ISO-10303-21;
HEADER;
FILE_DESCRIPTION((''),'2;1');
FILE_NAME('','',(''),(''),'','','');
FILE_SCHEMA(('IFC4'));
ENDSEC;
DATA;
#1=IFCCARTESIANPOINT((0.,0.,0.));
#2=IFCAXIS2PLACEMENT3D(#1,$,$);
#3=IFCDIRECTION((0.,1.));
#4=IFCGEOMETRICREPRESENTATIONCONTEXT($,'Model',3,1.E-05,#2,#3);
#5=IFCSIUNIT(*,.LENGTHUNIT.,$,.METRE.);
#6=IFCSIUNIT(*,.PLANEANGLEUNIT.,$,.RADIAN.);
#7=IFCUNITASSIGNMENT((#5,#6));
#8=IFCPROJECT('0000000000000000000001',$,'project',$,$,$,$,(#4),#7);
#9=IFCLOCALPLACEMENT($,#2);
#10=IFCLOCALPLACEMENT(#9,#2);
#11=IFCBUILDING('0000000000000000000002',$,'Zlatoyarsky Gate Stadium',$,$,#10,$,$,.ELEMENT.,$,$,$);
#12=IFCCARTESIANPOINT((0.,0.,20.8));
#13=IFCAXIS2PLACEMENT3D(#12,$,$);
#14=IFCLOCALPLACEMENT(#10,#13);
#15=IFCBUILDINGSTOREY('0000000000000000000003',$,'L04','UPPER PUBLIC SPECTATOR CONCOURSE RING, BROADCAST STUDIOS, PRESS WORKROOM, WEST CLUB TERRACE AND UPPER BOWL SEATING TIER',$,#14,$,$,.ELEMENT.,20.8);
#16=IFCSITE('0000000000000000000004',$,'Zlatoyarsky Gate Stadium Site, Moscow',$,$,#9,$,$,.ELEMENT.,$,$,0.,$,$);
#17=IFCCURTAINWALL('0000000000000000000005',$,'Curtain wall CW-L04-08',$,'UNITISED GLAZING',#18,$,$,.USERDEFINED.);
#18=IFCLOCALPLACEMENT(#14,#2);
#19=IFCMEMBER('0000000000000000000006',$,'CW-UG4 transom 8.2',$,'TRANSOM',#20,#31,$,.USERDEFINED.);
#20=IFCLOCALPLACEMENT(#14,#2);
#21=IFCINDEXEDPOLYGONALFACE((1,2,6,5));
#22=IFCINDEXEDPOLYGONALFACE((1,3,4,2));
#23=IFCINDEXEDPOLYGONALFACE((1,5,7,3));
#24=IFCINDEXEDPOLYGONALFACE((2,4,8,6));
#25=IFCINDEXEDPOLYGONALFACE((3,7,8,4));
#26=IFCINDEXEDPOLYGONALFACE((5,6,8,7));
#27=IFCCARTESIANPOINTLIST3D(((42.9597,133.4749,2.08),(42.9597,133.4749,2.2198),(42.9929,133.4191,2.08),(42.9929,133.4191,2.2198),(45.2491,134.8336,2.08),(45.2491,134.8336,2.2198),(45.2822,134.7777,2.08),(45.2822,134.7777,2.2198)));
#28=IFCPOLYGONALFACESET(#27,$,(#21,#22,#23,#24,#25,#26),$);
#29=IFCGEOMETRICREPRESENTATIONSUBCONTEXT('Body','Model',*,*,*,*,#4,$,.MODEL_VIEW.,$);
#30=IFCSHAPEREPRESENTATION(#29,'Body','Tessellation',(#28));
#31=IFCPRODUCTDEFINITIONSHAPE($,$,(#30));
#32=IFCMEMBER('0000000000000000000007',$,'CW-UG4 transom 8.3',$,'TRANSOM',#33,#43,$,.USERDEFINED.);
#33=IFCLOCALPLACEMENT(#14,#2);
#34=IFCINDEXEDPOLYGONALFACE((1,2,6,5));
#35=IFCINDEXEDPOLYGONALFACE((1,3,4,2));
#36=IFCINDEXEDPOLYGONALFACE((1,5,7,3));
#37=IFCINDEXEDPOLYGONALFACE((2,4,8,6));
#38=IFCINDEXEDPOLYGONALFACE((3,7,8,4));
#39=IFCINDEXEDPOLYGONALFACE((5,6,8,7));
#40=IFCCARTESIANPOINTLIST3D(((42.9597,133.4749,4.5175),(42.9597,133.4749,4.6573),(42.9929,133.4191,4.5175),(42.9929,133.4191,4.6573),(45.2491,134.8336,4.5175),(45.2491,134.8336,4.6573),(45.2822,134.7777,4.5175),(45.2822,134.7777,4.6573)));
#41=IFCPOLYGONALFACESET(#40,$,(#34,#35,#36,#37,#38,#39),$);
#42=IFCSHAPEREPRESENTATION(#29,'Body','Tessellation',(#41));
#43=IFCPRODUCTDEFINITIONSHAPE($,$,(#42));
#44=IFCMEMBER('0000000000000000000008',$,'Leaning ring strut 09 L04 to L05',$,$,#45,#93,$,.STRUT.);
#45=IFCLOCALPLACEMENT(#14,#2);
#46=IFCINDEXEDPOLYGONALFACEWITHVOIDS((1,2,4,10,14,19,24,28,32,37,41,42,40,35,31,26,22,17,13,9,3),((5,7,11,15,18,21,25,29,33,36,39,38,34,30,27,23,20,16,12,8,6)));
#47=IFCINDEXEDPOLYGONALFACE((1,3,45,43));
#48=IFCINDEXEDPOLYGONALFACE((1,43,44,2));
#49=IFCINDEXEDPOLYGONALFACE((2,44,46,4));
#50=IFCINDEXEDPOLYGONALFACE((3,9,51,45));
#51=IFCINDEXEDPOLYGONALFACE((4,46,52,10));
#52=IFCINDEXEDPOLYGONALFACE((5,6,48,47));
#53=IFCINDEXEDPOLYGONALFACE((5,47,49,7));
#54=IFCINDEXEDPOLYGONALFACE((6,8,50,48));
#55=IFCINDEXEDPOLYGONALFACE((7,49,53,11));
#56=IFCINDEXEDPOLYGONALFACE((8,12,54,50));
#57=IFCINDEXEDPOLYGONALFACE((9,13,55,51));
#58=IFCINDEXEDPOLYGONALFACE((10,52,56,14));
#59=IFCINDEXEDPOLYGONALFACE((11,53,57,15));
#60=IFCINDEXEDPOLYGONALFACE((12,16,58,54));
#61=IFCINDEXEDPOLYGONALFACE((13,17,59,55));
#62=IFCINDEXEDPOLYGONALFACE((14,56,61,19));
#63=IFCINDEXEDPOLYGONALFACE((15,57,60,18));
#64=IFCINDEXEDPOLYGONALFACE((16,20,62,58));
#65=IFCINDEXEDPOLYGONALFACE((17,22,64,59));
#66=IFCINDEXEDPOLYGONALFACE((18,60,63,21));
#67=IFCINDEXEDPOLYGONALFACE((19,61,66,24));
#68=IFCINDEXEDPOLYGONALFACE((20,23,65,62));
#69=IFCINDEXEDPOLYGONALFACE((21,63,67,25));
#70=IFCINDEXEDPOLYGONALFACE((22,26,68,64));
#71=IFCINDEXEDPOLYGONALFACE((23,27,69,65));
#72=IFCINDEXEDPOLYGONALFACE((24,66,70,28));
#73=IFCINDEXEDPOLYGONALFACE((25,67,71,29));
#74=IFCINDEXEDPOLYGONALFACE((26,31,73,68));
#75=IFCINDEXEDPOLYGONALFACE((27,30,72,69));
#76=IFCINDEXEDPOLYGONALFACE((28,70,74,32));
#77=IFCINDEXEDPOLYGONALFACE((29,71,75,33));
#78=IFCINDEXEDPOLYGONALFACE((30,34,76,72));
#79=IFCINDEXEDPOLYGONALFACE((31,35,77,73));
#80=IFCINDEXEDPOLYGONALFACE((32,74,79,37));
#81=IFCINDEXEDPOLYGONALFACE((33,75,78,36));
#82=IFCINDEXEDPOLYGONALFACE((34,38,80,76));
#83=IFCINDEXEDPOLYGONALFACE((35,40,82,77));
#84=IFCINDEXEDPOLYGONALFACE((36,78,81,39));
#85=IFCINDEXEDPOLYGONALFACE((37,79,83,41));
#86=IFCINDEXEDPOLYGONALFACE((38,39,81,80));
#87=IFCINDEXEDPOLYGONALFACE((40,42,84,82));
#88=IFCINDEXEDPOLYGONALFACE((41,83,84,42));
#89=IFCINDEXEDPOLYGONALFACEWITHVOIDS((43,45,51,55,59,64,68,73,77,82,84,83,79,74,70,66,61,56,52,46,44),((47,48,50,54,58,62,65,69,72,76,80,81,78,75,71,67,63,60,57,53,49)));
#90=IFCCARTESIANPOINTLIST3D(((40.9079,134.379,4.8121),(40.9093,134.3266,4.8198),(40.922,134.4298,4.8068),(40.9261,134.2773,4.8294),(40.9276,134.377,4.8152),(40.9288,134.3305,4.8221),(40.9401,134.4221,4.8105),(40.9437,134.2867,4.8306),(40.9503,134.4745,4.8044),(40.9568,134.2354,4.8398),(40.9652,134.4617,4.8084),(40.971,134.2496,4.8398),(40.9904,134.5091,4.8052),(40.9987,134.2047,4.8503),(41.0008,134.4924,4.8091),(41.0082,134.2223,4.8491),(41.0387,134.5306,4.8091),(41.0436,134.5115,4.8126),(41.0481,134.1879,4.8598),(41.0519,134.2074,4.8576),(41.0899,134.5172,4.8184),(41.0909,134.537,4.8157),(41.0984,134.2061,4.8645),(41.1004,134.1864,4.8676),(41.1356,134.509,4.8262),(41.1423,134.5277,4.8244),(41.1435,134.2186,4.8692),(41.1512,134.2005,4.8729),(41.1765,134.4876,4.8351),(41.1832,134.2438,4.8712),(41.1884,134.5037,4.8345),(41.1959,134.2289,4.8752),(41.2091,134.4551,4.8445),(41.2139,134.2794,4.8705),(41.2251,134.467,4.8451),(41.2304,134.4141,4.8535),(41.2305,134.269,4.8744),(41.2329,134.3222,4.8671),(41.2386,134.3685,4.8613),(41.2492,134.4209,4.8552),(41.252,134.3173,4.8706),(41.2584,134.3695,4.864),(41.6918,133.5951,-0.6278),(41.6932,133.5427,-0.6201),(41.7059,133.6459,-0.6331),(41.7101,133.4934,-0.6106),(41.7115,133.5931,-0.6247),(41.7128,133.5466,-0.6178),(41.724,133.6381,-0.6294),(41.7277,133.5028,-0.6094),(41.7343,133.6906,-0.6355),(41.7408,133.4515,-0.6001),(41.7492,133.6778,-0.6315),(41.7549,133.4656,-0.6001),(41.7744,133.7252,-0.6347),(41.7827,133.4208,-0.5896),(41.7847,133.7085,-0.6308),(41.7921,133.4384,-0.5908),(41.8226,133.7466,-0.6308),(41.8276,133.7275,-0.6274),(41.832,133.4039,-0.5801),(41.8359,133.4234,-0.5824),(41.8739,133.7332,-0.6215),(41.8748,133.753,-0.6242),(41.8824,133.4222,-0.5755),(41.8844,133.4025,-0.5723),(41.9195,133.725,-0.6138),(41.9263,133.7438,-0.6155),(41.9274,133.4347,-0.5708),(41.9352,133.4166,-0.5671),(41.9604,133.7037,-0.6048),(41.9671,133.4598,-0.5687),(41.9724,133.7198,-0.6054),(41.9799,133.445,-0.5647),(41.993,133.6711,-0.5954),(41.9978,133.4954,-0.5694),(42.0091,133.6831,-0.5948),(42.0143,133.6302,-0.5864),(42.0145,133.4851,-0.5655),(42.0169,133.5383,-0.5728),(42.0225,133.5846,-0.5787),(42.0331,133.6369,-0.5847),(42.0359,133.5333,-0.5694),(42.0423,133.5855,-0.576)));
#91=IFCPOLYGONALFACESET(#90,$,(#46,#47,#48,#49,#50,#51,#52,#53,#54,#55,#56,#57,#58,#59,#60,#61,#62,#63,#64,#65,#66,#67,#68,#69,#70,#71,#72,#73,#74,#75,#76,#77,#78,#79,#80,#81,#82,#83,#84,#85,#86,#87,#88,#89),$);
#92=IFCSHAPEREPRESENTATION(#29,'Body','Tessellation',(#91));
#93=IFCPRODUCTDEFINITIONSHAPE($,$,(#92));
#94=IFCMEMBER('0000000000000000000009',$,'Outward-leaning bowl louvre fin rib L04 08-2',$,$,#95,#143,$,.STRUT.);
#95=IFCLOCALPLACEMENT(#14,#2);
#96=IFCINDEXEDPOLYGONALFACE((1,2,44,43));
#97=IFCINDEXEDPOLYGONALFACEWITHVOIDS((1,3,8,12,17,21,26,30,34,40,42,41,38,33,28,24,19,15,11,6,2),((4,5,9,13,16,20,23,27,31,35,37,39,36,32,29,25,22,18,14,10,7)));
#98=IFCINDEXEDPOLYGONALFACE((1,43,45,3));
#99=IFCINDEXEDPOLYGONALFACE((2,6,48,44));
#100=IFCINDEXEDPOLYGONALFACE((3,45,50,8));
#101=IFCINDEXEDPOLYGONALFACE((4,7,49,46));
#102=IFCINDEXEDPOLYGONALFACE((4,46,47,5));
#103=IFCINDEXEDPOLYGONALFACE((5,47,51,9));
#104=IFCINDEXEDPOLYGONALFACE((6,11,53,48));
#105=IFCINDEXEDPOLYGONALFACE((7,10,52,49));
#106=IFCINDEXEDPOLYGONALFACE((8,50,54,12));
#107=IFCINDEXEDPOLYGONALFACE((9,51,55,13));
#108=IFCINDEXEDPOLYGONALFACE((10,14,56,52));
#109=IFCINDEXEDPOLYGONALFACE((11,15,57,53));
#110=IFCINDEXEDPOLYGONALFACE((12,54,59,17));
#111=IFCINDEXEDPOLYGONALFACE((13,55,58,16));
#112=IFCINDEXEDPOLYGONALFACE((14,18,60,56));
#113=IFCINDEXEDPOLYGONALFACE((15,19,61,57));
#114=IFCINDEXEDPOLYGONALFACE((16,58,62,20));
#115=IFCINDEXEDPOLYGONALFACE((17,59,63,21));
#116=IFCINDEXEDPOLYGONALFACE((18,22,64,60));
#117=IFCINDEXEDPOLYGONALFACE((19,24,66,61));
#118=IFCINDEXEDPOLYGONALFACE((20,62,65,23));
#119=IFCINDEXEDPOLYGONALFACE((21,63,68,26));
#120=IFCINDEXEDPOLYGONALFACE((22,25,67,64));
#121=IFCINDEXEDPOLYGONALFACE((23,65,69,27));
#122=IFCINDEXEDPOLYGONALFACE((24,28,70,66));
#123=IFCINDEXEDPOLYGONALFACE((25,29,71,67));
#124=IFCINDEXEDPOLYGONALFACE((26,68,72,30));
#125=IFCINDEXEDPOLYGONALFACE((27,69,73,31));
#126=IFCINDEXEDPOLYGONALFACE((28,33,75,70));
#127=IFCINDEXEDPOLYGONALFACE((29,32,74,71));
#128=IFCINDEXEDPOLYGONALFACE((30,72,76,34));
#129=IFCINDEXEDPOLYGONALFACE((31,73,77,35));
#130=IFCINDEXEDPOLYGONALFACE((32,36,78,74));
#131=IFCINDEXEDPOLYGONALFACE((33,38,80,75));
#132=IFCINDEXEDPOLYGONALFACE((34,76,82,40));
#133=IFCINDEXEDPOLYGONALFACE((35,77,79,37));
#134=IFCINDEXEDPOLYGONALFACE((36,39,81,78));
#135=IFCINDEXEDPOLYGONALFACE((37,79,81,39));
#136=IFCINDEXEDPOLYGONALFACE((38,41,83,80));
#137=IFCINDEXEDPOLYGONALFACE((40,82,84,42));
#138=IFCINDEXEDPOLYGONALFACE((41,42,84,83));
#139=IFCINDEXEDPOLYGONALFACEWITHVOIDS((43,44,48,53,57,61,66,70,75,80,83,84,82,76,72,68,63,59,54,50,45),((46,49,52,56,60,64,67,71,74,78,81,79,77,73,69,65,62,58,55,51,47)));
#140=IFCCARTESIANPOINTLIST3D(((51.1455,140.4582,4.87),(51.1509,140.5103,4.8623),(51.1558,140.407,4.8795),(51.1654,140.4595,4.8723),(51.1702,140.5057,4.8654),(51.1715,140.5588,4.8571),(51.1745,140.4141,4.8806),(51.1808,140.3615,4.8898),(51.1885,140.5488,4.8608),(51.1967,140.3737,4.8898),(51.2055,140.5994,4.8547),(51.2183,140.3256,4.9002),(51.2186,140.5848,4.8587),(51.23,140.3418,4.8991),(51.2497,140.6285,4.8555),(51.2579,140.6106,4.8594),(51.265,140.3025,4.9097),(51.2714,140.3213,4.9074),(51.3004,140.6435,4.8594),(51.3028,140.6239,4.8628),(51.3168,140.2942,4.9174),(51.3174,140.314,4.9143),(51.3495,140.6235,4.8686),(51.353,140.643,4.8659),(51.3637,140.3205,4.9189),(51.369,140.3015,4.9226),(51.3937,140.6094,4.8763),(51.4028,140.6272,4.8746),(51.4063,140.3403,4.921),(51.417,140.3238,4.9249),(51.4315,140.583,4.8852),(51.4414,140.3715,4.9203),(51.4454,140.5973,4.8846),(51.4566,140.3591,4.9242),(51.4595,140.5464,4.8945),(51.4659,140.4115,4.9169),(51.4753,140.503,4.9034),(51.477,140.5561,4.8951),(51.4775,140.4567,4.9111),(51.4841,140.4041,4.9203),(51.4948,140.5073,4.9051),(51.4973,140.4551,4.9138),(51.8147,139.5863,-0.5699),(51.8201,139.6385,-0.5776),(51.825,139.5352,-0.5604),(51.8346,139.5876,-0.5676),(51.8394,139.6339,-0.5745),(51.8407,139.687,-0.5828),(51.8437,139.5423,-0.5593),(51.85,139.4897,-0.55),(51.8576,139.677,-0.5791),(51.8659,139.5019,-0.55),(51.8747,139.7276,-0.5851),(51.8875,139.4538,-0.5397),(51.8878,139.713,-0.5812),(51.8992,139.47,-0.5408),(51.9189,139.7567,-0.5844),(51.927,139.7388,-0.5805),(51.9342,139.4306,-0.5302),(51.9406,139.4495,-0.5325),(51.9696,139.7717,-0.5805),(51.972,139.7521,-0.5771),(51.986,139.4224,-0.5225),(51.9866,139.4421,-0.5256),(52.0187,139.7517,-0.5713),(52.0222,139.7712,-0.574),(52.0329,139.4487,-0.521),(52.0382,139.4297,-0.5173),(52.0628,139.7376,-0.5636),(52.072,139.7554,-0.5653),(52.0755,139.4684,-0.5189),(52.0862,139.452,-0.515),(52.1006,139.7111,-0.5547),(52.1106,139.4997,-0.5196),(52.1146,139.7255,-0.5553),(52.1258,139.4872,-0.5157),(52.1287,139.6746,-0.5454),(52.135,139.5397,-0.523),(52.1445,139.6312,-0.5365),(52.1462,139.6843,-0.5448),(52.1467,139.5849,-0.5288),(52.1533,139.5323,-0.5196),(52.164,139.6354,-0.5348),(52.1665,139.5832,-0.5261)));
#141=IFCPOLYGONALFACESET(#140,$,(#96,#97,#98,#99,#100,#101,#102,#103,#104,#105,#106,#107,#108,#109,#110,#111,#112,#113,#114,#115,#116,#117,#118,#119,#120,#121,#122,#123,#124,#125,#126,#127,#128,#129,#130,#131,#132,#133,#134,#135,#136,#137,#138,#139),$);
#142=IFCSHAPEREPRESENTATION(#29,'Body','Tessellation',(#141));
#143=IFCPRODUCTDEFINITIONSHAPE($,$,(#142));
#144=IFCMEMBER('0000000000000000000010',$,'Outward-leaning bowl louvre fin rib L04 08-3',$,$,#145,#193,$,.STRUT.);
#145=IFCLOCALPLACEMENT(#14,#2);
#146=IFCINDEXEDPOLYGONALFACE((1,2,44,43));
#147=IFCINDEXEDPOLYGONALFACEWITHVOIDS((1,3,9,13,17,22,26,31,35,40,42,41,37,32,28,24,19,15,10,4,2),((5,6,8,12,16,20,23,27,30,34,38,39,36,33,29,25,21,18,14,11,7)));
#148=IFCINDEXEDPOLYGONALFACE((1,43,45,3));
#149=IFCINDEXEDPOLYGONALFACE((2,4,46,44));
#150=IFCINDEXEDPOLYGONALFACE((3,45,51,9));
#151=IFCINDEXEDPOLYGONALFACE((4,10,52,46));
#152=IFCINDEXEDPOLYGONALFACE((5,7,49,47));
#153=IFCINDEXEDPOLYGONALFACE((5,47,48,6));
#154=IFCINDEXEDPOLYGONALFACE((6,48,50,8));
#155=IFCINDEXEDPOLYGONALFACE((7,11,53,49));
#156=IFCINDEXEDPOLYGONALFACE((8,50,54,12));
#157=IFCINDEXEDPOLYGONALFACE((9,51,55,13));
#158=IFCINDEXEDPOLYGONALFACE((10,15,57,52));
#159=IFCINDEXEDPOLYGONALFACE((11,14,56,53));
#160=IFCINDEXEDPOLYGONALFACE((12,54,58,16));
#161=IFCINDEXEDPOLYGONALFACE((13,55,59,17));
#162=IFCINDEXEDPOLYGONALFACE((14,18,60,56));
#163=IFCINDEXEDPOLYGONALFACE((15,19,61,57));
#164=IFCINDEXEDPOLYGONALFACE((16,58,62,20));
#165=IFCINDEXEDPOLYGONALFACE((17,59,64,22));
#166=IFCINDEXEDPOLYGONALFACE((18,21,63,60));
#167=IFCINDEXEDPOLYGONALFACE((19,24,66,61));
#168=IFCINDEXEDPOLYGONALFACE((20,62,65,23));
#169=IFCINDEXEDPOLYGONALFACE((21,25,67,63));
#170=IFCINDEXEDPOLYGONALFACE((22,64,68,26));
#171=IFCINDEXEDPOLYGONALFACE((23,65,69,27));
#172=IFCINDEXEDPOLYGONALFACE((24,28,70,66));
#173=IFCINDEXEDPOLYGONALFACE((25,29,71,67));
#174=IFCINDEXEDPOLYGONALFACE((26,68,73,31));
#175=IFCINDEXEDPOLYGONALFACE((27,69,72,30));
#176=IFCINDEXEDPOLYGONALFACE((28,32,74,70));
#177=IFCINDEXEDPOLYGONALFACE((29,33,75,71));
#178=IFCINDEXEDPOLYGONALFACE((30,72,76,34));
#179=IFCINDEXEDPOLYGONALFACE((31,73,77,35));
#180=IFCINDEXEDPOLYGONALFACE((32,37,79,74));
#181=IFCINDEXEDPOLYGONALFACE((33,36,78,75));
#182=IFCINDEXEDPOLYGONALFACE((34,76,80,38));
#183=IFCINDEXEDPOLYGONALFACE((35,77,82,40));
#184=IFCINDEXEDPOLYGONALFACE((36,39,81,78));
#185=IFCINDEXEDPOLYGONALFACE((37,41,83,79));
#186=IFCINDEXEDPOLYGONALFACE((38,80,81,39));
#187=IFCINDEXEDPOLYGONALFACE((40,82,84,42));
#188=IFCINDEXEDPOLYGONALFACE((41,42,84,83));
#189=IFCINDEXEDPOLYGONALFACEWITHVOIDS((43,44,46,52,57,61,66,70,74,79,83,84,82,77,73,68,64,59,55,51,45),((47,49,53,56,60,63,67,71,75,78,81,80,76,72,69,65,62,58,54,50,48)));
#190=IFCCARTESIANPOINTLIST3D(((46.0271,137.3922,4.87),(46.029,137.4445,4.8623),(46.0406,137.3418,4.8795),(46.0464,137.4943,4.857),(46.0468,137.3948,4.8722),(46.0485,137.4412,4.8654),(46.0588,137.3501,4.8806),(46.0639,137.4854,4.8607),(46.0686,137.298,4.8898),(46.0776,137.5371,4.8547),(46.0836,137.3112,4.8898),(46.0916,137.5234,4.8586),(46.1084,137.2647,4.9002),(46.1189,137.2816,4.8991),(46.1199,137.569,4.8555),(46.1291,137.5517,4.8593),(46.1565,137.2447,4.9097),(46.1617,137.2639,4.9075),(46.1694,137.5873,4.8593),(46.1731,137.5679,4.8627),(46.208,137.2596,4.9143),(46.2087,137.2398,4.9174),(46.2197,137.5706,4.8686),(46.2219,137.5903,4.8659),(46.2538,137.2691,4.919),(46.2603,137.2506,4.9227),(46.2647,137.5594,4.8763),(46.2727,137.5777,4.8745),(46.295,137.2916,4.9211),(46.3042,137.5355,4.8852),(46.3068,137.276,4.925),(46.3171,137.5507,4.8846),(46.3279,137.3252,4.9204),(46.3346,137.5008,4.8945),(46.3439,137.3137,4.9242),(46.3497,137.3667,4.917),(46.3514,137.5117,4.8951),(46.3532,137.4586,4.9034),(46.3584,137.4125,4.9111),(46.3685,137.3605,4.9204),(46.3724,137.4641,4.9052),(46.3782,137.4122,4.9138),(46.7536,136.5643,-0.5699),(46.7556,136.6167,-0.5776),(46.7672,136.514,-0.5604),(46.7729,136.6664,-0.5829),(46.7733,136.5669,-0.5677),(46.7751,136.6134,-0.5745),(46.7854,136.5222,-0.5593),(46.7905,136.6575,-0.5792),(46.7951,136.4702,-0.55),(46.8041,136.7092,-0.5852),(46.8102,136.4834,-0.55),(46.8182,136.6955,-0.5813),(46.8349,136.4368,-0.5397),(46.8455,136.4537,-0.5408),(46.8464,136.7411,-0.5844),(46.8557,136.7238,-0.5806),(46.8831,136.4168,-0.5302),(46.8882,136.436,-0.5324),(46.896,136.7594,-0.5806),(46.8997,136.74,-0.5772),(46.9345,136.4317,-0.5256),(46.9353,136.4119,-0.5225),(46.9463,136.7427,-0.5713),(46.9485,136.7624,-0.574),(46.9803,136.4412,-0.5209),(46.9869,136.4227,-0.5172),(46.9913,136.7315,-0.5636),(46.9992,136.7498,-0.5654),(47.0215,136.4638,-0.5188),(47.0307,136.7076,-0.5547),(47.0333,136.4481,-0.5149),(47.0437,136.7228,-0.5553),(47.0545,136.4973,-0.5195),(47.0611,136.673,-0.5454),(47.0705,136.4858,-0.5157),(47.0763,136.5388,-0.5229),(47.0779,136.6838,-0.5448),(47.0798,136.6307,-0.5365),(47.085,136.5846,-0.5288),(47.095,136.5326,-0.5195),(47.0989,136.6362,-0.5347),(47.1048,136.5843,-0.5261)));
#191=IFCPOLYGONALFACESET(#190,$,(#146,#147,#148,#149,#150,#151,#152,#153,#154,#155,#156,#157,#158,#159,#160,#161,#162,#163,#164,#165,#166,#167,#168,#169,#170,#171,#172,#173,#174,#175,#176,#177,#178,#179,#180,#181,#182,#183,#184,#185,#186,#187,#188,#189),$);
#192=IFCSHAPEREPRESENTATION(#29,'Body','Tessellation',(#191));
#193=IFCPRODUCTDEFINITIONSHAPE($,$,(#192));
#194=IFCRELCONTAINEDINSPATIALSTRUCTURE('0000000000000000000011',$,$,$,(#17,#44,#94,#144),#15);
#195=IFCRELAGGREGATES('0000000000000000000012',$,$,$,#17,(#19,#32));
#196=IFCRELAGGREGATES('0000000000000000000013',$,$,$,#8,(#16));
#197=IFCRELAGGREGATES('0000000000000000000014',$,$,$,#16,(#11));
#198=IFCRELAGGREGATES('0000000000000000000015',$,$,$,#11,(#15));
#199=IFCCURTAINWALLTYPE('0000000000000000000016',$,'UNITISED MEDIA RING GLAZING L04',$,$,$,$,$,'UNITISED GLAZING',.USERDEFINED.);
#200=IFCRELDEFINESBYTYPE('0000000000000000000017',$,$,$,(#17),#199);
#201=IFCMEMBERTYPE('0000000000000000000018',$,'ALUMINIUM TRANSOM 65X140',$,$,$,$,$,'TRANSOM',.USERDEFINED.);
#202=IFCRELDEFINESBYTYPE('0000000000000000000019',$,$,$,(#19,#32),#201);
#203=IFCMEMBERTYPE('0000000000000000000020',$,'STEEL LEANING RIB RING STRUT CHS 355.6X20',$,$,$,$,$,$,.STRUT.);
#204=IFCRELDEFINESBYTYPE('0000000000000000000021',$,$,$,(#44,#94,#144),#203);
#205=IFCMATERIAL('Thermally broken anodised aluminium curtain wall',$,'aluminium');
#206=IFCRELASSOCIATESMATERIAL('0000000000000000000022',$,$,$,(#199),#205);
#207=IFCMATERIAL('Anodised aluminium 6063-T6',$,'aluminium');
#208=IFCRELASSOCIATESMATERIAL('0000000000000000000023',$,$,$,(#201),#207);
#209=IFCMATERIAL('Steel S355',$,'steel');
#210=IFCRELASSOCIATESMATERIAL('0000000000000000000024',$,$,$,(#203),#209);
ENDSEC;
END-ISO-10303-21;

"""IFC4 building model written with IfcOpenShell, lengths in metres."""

from ifc_helpers import new_model, si_unit, direction, frame, origin, origin_2d, place, context, subcontext, project, spatial, rectangle, hollow_circle, extrude, material, material_profile, profile_set, type_object, element, aggregate, save


model = new_model("IFC4")

# Units and contexts
model_context = context("Model", 3, precision=1e-05, world=origin(), true_north=direction((0.0, 1.0)))
body_context = subcontext(model_context, "Body", "Model", "MODEL_VIEW")
ifc_project = project(units=[si_unit("LENGTHUNIT", "METRE"), si_unit("PLANEANGLEUNIT", "RADIAN")], contexts=[model_context])

# Site, building, storey
site_placement = place(None, origin())
site = spatial("IfcSite", under=ifc_project, at=site_placement, Name="Zlatoyarsky Gate Stadium Site, Moscow", CompositionType="ELEMENT", RefElevation=0.0)
building_placement = place(site_placement, origin())
building = spatial("IfcBuilding", under=site, at=building_placement, Name="Zlatoyarsky Gate Stadium", CompositionType="ELEMENT")
storey_placement = place(building_placement, frame((0.0, 0.0, 20.8)))
storey = spatial("IfcBuildingStorey", under=building, at=storey_placement, Name="L04", Description="UPPER PUBLIC SPECTATOR CONCOURSE RING, BROADCAST STUDIOS, PRESS WORKROOM, WEST CLUB TERRACE AND UPPER BOWL SEATING TIER", CompositionType="ELEMENT", Elevation=20.8)

# Curtain wall, members
ifc_material_1 = material(Name="Thermally broken anodised aluminium curtain wall", Category="aluminium")
curtain_wall_type = type_object("IfcCurtainWallType", Name="UNITISED MEDIA RING GLAZING L04", ElementType="UNITISED GLAZING", PredefinedType="USERDEFINED", material=ifc_material_1)
curtain_wall_placement = place(storey_placement, origin())
curtain_wall = element("IfcCurtainWall", 1, at=curtain_wall_placement, inside=storey, type_object=curtain_wall_type, Name="Curtain wall CW-L04-08", ObjectType="UNITISED GLAZING", PredefinedType="USERDEFINED")
ifc_material_2 = material(Name="Anodised aluminium 6063-T6", Category="aluminium")
ifc_material_profile_1 = material_profile(ifc_material_2, rectangle(XDim=0.0649, YDim=0.1399, at=origin_2d()), Name="ALU 65X140")
ifc_profile_set_1 = profile_set([ifc_material_profile_1], Name="Anodised aluminium 6063-T6")
member_type_1 = type_object("IfcMemberType", Name="ALUMINIUM TRANSOM 65X140", ElementType="TRANSOM", PredefinedType="USERDEFINED", material=ifc_profile_set_1)
member_1_placement = place(storey_placement, frame((45.2656, 134.8057, 2.1499), z_axis=(-0.859959, -0.510363, 0.0), x_axis=(0.510363, -0.859959, 0.0)))
member_1 = element("IfcMember", 2, at=member_1_placement, type_object=member_type_1, Name="CW-UG4 transom 8.2", ObjectType="TRANSOM", PredefinedType="USERDEFINED", context=body_context, shape_type="SweptSolid", body=[
    extrude(rectangle(XDim=0.0649, YDim=0.1399, at=origin_2d()), origin(), (0.0, 0.0, 1.0), 2.6621),
])
member_2_placement = place(storey_placement, frame((45.2656, 134.8057, 4.5874), z_axis=(-0.859959, -0.510363, 0.0), x_axis=(0.510363, -0.859959, 0.0)))
member_2 = element("IfcMember", 3, at=member_2_placement, type_object=member_type_1, Name="CW-UG4 transom 8.3", ObjectType="TRANSOM", PredefinedType="USERDEFINED", context=body_context, shape_type="SweptSolid", body=[
    extrude(rectangle(XDim=0.0649, YDim=0.1399, at=origin_2d()), origin(), (0.0, 0.0, 1.0), 2.6621),
])

# Members
ifc_material_3 = material(Name="Steel S355", Category="steel")
ifc_material_profile_2 = material_profile(ifc_material_3, hollow_circle(Radius=0.1777, WallThickness=0.02, at=origin_2d()), Name="CHS 355.6X20")
ifc_profile_set_2 = profile_set([ifc_material_profile_2], Name="Steel S355")
member_type_2 = type_object("IfcMemberType", Name="STEEL LEANING RIB RING STRUT CHS 355.6X20", PredefinedType="STRUT", material=ifc_profile_set_2)
member_3_placement = place(storey_placement, frame((41.8665, 133.5771, -0.6001), z_axis=(-0.141205, 0.141205, 0.979858), x_axis=(-0.707107, -0.707107, 0.0)))
element("IfcMember", 4, at=member_3_placement, inside=storey, type_object=member_type_2, Name="Leaning ring strut 09 L04 to L05", PredefinedType="STRUT", context=body_context, shape_type="SweptSolid", body=[
    extrude(hollow_circle(Radius=0.1777, WallThickness=0.02, at=origin_2d()), origin(), (0.0, 0.0, 1.0), 5.5518),
])
member_4_placement = place(storey_placement, frame((51.991, 139.5979, -0.55), z_axis=(-0.120578, 0.15709, 0.980196), x_axis=(-0.793259, -0.608884, 0.0)))
element("IfcMember", 5, at=member_4_placement, inside=storey, type_object=member_type_2, Name="Outward-leaning bowl louvre fin rib L04 08-2", PredefinedType="STRUT", context=body_context, shape_type="SweptSolid", body=[
    extrude(hollow_circle(Radius=0.1777, WallThickness=0.02, at=origin_2d()), origin(), (0.0, 0.0, 1.0), 5.5498),
])
member_5_placement = place(storey_placement, frame((46.9287, 136.5874, -0.55), z_axis=(-0.130904, 0.149159, 0.98011), x_axis=(-0.751601, -0.659618, 0.0)))
element("IfcMember", 6, at=member_5_placement, inside=storey, type_object=member_type_2, Name="Outward-leaning bowl louvre fin rib L04 08-3", PredefinedType="STRUT", context=body_context, shape_type="SweptSolid", body=[
    extrude(hollow_circle(Radius=0.1777, WallThickness=0.02, at=origin_2d()), origin(), (0.0, 0.0, 1.0), 5.5503),
])

aggregate(curtain_wall, [member_1, member_2])

save(model, "model.ifc")
